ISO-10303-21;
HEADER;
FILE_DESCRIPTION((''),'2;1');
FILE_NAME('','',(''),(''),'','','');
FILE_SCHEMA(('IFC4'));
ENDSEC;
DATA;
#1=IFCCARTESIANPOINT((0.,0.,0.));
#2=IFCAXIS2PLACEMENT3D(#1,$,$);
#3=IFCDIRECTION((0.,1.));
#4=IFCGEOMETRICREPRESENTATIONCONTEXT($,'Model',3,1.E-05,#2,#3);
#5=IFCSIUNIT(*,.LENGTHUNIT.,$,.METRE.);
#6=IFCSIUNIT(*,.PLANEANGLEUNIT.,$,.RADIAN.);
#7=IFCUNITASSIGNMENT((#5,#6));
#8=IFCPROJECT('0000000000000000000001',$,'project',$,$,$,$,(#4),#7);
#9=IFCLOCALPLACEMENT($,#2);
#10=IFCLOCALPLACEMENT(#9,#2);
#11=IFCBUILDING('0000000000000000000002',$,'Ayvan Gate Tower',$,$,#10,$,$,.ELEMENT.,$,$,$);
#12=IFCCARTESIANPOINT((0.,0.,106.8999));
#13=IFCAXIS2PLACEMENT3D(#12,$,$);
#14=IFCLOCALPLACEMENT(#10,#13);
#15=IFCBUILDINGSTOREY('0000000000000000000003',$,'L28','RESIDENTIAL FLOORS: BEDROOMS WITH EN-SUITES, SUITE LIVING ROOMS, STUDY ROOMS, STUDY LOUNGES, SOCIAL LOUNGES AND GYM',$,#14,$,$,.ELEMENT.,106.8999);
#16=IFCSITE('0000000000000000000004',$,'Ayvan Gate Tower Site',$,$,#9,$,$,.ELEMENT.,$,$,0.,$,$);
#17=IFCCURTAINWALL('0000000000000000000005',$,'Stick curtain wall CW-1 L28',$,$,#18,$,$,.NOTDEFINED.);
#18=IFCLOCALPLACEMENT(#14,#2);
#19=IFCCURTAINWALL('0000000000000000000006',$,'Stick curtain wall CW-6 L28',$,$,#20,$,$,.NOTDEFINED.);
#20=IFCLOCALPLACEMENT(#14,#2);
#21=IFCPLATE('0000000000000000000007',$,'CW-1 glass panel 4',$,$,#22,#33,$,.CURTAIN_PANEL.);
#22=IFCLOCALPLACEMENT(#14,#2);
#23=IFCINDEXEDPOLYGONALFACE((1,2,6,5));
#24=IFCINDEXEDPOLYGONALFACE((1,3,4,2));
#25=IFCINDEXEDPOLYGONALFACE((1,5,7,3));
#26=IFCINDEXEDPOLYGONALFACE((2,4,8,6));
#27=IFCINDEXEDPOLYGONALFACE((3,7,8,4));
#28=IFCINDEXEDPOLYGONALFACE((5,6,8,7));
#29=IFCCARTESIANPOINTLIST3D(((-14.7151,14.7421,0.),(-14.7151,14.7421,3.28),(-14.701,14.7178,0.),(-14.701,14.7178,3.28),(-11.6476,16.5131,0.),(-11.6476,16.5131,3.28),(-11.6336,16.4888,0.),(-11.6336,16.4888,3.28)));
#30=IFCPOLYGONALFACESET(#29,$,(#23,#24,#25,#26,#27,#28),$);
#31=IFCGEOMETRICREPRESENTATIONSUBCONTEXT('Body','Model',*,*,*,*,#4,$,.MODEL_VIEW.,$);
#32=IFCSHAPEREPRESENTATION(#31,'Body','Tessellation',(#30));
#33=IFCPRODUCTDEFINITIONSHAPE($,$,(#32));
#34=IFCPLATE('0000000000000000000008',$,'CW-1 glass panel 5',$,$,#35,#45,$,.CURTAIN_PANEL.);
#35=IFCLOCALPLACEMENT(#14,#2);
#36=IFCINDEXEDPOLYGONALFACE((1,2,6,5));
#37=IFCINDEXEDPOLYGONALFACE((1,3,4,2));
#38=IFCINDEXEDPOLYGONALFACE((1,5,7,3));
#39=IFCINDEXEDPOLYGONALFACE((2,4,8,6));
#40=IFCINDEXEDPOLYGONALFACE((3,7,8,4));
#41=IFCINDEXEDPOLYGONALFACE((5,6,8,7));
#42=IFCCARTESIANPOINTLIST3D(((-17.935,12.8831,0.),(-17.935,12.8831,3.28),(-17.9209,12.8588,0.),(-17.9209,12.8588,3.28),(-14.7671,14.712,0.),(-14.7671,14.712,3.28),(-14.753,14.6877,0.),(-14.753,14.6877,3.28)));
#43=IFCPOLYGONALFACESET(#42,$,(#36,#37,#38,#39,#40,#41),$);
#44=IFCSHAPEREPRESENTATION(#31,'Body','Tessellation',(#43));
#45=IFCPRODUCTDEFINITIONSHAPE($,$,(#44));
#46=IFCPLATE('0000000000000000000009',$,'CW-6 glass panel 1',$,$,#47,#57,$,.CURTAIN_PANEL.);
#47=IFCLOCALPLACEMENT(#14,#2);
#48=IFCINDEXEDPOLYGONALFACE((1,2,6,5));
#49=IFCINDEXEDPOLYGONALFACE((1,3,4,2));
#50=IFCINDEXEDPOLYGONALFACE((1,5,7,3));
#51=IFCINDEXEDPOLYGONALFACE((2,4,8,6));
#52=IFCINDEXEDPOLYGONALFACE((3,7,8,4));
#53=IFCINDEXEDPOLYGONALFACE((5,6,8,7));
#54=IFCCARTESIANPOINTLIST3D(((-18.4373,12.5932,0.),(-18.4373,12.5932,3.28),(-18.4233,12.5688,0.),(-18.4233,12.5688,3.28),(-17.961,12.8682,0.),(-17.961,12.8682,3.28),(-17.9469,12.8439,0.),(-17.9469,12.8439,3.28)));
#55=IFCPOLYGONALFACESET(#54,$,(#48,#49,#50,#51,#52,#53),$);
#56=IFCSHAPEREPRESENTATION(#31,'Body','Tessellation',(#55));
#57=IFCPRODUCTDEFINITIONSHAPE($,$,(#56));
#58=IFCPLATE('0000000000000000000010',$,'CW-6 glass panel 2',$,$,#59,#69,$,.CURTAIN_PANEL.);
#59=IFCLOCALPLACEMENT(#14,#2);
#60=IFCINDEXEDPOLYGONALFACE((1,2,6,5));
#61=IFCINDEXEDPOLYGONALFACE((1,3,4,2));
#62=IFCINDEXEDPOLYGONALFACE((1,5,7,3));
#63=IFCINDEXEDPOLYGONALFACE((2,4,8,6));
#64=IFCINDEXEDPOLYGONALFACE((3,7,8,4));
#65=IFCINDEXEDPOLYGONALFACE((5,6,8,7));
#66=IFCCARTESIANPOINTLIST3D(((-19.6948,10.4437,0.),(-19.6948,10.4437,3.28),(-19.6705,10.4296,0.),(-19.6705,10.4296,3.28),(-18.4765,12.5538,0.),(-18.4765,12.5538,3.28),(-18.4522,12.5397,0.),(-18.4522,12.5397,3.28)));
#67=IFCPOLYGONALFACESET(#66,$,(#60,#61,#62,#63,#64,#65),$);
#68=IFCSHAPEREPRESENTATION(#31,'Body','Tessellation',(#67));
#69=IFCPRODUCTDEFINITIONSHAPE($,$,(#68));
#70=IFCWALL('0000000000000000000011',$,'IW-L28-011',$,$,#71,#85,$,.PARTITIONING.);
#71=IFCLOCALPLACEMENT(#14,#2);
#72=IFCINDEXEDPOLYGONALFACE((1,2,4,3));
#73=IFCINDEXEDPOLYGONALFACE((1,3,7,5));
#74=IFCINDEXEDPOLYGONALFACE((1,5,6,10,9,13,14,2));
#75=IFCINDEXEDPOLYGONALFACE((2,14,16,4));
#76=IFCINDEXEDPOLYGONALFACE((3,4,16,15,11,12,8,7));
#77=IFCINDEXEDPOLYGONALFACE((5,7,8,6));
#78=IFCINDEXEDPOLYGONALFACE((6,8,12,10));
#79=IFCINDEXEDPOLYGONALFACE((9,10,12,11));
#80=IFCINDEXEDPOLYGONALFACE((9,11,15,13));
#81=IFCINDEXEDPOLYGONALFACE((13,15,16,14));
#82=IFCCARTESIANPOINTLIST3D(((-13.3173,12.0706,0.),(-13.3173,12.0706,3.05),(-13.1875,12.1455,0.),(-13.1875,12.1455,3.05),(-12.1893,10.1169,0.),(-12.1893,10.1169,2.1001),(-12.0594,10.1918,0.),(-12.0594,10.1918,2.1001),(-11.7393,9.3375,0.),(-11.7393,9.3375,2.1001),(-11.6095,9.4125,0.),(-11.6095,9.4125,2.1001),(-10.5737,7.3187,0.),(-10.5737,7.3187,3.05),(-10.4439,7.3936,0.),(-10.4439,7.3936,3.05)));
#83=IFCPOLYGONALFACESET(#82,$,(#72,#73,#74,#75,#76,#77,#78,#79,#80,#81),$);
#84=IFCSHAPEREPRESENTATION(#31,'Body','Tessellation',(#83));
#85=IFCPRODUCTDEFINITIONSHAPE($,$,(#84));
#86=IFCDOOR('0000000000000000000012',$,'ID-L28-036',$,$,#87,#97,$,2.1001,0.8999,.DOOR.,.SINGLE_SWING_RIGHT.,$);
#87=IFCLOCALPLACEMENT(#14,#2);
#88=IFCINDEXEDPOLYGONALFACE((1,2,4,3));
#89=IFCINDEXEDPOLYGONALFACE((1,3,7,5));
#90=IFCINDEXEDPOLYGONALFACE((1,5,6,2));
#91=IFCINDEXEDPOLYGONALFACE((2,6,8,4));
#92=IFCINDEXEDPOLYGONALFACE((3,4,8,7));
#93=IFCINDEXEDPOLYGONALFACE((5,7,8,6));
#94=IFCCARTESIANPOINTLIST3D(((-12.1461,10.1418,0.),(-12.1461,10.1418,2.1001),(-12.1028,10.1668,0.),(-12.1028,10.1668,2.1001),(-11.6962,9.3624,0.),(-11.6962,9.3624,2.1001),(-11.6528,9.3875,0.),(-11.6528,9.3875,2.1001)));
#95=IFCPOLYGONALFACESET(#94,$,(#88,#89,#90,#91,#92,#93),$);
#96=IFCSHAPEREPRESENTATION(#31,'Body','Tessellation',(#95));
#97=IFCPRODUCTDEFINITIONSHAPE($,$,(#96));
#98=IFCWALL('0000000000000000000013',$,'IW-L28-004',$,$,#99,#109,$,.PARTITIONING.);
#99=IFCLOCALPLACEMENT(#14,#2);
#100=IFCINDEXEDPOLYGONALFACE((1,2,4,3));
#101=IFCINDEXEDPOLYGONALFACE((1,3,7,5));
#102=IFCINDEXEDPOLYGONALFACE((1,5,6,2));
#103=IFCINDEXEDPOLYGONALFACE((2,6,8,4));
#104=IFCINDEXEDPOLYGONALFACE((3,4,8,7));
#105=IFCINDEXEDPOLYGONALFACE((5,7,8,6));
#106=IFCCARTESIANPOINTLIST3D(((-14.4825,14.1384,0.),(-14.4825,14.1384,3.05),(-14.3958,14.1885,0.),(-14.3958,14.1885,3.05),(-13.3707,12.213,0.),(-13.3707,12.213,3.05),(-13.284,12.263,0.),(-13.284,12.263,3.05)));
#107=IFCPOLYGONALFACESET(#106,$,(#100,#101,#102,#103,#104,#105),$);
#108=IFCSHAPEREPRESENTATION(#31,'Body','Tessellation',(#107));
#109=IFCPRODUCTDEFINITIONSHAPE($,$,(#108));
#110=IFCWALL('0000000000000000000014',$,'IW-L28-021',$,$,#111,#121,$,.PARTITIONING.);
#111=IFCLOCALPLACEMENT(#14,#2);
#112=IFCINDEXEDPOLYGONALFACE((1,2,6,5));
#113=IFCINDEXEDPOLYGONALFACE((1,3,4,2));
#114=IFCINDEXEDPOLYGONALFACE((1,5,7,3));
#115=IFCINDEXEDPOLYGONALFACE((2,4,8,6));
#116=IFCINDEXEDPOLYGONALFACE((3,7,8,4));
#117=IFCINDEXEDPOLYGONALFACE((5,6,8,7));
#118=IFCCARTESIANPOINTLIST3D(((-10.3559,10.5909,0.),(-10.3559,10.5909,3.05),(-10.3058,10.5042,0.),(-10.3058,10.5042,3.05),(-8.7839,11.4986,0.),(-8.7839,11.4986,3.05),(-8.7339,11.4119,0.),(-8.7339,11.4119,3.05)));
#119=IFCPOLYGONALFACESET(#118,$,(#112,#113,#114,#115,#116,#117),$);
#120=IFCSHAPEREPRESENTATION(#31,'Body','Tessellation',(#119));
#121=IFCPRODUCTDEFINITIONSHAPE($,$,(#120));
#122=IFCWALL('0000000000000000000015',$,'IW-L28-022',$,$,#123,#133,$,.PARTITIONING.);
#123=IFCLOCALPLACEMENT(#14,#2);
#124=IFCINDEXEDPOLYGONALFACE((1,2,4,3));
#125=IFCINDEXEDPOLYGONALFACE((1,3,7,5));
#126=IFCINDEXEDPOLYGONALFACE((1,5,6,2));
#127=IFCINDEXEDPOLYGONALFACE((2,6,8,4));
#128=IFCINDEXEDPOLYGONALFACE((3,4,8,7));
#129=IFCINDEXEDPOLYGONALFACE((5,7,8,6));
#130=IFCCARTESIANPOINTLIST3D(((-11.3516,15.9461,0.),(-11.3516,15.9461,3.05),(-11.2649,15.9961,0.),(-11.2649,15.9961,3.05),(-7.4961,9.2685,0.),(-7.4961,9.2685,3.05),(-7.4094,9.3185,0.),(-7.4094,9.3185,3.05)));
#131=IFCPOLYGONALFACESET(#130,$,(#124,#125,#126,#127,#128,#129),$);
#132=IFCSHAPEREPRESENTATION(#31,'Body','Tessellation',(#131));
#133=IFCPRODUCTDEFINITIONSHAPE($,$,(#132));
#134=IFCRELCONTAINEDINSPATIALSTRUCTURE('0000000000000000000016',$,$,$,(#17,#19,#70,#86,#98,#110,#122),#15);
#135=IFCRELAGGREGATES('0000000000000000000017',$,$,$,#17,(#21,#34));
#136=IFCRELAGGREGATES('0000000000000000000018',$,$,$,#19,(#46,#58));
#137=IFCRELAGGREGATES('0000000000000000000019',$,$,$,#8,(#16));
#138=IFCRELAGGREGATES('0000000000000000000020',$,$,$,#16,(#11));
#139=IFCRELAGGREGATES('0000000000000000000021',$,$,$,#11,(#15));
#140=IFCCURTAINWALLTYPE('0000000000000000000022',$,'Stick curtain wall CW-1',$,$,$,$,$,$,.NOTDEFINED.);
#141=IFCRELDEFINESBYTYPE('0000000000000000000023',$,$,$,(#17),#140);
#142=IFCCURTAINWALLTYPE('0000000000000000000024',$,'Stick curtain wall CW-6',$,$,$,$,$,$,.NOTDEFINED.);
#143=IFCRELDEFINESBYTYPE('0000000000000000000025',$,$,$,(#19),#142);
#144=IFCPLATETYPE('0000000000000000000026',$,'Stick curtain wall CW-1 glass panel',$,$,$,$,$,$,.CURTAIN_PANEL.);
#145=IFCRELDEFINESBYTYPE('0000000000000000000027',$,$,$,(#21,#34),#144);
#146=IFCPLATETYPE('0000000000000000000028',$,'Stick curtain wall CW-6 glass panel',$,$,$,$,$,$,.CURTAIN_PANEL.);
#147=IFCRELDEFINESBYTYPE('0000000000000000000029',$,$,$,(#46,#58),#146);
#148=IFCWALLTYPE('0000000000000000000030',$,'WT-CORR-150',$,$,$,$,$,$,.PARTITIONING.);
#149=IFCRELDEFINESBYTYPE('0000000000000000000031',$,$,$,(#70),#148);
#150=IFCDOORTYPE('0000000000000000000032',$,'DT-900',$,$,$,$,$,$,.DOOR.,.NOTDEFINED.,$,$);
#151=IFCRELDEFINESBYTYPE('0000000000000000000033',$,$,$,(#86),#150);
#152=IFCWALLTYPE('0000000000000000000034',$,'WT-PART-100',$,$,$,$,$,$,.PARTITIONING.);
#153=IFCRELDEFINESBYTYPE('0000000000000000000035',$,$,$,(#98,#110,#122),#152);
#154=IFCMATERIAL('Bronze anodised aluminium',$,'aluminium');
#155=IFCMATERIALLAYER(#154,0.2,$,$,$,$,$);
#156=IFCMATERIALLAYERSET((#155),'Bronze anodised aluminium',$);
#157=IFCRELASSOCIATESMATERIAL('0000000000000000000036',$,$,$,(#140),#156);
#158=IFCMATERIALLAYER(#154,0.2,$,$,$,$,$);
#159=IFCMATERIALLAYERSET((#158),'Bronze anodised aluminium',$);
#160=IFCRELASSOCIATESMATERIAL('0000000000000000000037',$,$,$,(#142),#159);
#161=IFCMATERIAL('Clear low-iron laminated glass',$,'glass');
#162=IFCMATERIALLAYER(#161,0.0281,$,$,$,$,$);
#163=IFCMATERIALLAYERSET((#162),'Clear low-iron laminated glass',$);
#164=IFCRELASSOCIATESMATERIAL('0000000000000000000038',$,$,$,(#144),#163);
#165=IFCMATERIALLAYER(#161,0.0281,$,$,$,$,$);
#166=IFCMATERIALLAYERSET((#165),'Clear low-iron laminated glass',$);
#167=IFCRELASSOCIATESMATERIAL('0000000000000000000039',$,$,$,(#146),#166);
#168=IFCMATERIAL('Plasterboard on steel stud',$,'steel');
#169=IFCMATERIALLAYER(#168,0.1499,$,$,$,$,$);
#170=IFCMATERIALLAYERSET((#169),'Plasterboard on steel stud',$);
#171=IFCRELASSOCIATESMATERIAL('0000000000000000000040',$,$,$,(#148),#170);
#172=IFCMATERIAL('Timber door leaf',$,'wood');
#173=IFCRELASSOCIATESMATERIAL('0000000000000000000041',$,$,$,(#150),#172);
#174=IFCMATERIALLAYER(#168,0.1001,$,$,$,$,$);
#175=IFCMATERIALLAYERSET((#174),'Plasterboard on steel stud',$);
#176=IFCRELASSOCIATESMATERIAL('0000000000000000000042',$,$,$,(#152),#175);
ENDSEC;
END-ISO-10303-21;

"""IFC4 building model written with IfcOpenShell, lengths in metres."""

from ifc_helpers import new_model, si_unit, direction, frame, frame_2d, origin, origin_2d, place, context, subcontext, project, spatial, rectangle, extrude, material, layer, layer_set, type_object, element, fill, aggregate, save


model = new_model("IFC4")

# Units and contexts
model_context = context("Model", 3, precision=1e-05, world=origin(), true_north=direction((0.0, 1.0)))
body_context = subcontext(model_context, "Body", "Model", "MODEL_VIEW")
ifc_project = project(units=[si_unit("LENGTHUNIT", "METRE"), si_unit("PLANEANGLEUNIT", "RADIAN")], contexts=[model_context])

# Site, building, storey
site_placement = place(None, origin())
site = spatial("IfcSite", under=ifc_project, at=site_placement, Name="Ayvan Gate Tower Site", CompositionType="ELEMENT", RefElevation=0.0)
building_placement = place(site_placement, origin())
building = spatial("IfcBuilding", under=site, at=building_placement, Name="Ayvan Gate Tower", CompositionType="ELEMENT")
storey_placement = place(building_placement, frame((0.0, 0.0, 106.8999)))
storey = spatial("IfcBuildingStorey", under=building, at=storey_placement, Name="L28", Description="RESIDENTIAL FLOORS: BEDROOMS WITH EN-SUITES, SUITE LIVING ROOMS, STUDY ROOMS, STUDY LOUNGES, SOCIAL LOUNGES AND GYM", CompositionType="ELEMENT", Elevation=106.8999)

# Curtain walls
ifc_material_1 = material(Name="Bronze anodised aluminium", Category="aluminium")
ifc_layer_1 = layer(ifc_material_1, 0.2)
ifc_layer_set_1 = layer_set([ifc_layer_1], Name="Bronze anodised aluminium")
curtain_wall_type_1 = type_object("IfcCurtainWallType", Name="Stick curtain wall CW-1", PredefinedType="NOTDEFINED", material=ifc_layer_set_1)
curtain_wall_1_placement = place(storey_placement, origin())
curtain_wall_1 = element("IfcCurtainWall", 1, at=curtain_wall_1_placement, inside=storey, type_object=curtain_wall_type_1, Name="Stick curtain wall CW-1 L28", PredefinedType="NOTDEFINED")
ifc_layer_2 = layer(ifc_material_1, 0.2)
ifc_layer_set_2 = layer_set([ifc_layer_2], Name="Bronze anodised aluminium")
curtain_wall_type_2 = type_object("IfcCurtainWallType", Name="Stick curtain wall CW-6", PredefinedType="NOTDEFINED", material=ifc_layer_set_2)
curtain_wall_2_placement = place(storey_placement, origin())
curtain_wall_2 = element("IfcCurtainWall", 2, at=curtain_wall_2_placement, inside=storey, type_object=curtain_wall_type_2, Name="Stick curtain wall CW-6 L28", PredefinedType="NOTDEFINED")

# Plates
ifc_material_2 = material(Name="Clear low-iron laminated glass", Category="glass")
ifc_layer_3 = layer(ifc_material_2, 0.0281)
ifc_layer_set_3 = layer_set([ifc_layer_3], Name="Clear low-iron laminated glass")
plate_type_1 = type_object("IfcPlateType", Name="Stick curtain wall CW-1 glass panel", PredefinedType="CURTAIN_PANEL", material=ifc_layer_set_3)
plate_1_placement = place(storey_placement, frame((-13.1743, 15.6155, 0.0), z_axis=(0.0, 0.0, 1.0), x_axis=(-0.866025, -0.5, 0.0)))
plate_1 = element("IfcPlate", 3, at=plate_1_placement, type_object=plate_type_1, Name="CW-1 glass panel 4", PredefinedType="CURTAIN_PANEL", context=body_context, shape_type="SweptSolid", body=[
    extrude(rectangle(XDim=3.542, YDim=0.0281, at=origin_2d()), origin(), (0.0, 0.0, 1.0), 3.28),
])
plate_2_placement = place(storey_placement, frame((-16.344, 13.7854, 0.0), z_axis=(0.0, 0.0, 1.0), x_axis=(-0.866025, -0.5, 0.0)))
plate_2 = element("IfcPlate", 4, at=plate_2_placement, type_object=plate_type_1, Name="CW-1 glass panel 5", PredefinedType="CURTAIN_PANEL", context=body_context, shape_type="SweptSolid", body=[
    extrude(rectangle(XDim=3.658, YDim=0.0281, at=origin_2d()), origin(), (0.0, 0.0, 1.0), 3.28),
])
aggregate(curtain_wall_1, [plate_1, plate_2])
ifc_layer_4 = layer(ifc_material_2, 0.0281)
ifc_layer_set_4 = layer_set([ifc_layer_4], Name="Clear low-iron laminated glass")
plate_type_2 = type_object("IfcPlateType", Name="Stick curtain wall CW-6 glass panel", PredefinedType="CURTAIN_PANEL", material=ifc_layer_set_4)
plate_3_placement = place(storey_placement, frame((-18.1921, 12.7185, 0.0), z_axis=(0.0, 0.0, 1.0), x_axis=(-0.866025, -0.5, 0.0)))
plate_3 = element("IfcPlate", 5, at=plate_3_placement, type_object=plate_type_2, Name="CW-6 glass panel 1", PredefinedType="CURTAIN_PANEL", context=body_context, shape_type="SweptSolid", body=[
    extrude(rectangle(XDim=0.55, YDim=0.0281, at=origin_2d()), origin(), (0.0, 0.0, 1.0), 3.28),
])
plate_4_placement = place(storey_placement, frame((-19.0735, 11.4917, 0.0), z_axis=(0.0, 0.0, 1.0), x_axis=(-0.5, -0.866025, 0.0)))
plate_4 = element("IfcPlate", 6, at=plate_4_placement, type_object=plate_type_2, Name="CW-6 glass panel 2", PredefinedType="CURTAIN_PANEL", context=body_context, shape_type="SweptSolid", body=[
    extrude(rectangle(XDim=2.4365, YDim=0.0281, at=origin_2d()), origin(), (0.0, 0.0, 1.0), 3.28),
])
aggregate(curtain_wall_2, [plate_3, plate_4])

# Wall, opening, door
ifc_material_3 = material(Name="Plasterboard on steel stud", Category="steel")
ifc_layer_5 = layer(ifc_material_3, 0.1499)
ifc_layer_set_5 = layer_set([ifc_layer_5], Name="Plasterboard on steel stud")
wall_type_1 = type_object("IfcWallType", Name="WT-CORR-150", PredefinedType="PARTITIONING", material=ifc_layer_set_5)
wall_1_placement = place(storey_placement, frame((-13.2524, 12.1082, 0.0), z_axis=(0.0, 0.0, 1.0), x_axis=(0.500015, -0.866017, 0.0)))
wall_1 = element("IfcWall", 7, at=wall_1_placement, inside=storey, type_object=wall_type_1, Name="IW-L28-011", PredefinedType="PARTITIONING", context=body_context, shape_type="SweptSolid", body=[
    extrude(rectangle(XDim=5.4871, YDim=0.1499, at=frame_2d((2.7437, 0.0))), origin(), (0.0, 0.0, 1.0), 3.05),
])
opening_placement = place(wall_1_placement, frame((2.2561, 0.0, 0.0)))
opening = element("IfcOpeningElement", 8, at=opening_placement, cuts=wall_1, PredefinedType="OPENING", context=body_context, shape_type="SweptSolid", body=[
    extrude(rectangle(XDim=0.8999, YDim=2.1001, at=frame_2d((0.45, 1.05))), frame((0.0, 0.085, 0.0), z_axis=(0.0, -1.0, 0.0), x_axis=(1.0, 0.0, 0.0)), (0.0, 0.0, 1.0), 0.1699),
])
ifc_material_4 = material(Name="Timber door leaf", Category="wood")
door_type = type_object("IfcDoorType", Name="DT-900", OperationType="NOTDEFINED", PredefinedType="DOOR", material=ifc_material_4)
door_placement = place(opening_placement, origin())
door = element("IfcDoor", 9, at=door_placement, inside=storey, type_object=door_type, Name="ID-L28-036", OperationType="SINGLE_SWING_RIGHT", OverallHeight=2.1001, OverallWidth=0.8999, PredefinedType="DOOR", context=body_context, shape_type="SweptSolid", body=[
    extrude(rectangle(XDim=0.8999, YDim=2.1001, at=frame_2d((0.45, 1.05))), frame((0.0, 0.0249, 0.0), z_axis=(0.0, -1.0, 0.0), x_axis=(1.0, 0.0, 0.0)), (0.0, 0.0, 1.0), 0.05),
])
fill(opening, door)

# Walls
ifc_layer_6 = layer(ifc_material_3, 0.1001)
ifc_layer_set_6 = layer_set([ifc_layer_6], Name="Plasterboard on steel stud")
wall_type_2 = type_object("IfcWallType", Name="WT-PART-100", PredefinedType="PARTITIONING", material=ifc_layer_set_6)
wall_2_placement = place(storey_placement, frame((-14.4392, 14.1636, 0.0), z_axis=(0.0, 0.0, 1.0), x_axis=(0.500036, -0.866005, 0.0)))
element("IfcWall", 10, at=wall_2_placement, inside=storey, type_object=wall_type_2, Name="IW-L28-004", PredefinedType="PARTITIONING", context=body_context, shape_type="SweptSolid", body=[
    extrude(rectangle(XDim=2.2234, YDim=0.1001, at=frame_2d((1.1118, 0.0))), origin(), (0.0, 0.0, 1.0), 3.05),
])
wall_3_placement = place(storey_placement, frame((-8.7588, 11.4553, 0.0), z_axis=(0.0, 0.0, 1.0), x_axis=(-0.866, -0.500045, 0.0)))
element("IfcWall", 11, at=wall_3_placement, inside=storey, type_object=wall_type_2, Name="IW-L28-021", PredefinedType="PARTITIONING", context=body_context, shape_type="SweptSolid", body=[
    extrude(rectangle(XDim=1.8152, YDim=0.1001, at=frame_2d((0.9077, 0.0))), origin(), (0.0, 0.0, 1.0), 3.05),
])
wall_4_placement = place(storey_placement, frame((-11.3083, 15.9712, 0.0), z_axis=(0.0, 0.0, 1.0), x_axis=(0.500021, -0.866013, 0.0)))
element("IfcWall", 12, at=wall_4_placement, inside=storey, type_object=wall_type_2, Name="IW-L28-022", PredefinedType="PARTITIONING", context=body_context, shape_type="SweptSolid", body=[
    extrude(rectangle(XDim=7.7107, YDim=0.1001, at=frame_2d((3.8555, 0.0))), origin(), (0.0, 0.0, 1.0), 3.05),
])

save(model, "model.ifc")
